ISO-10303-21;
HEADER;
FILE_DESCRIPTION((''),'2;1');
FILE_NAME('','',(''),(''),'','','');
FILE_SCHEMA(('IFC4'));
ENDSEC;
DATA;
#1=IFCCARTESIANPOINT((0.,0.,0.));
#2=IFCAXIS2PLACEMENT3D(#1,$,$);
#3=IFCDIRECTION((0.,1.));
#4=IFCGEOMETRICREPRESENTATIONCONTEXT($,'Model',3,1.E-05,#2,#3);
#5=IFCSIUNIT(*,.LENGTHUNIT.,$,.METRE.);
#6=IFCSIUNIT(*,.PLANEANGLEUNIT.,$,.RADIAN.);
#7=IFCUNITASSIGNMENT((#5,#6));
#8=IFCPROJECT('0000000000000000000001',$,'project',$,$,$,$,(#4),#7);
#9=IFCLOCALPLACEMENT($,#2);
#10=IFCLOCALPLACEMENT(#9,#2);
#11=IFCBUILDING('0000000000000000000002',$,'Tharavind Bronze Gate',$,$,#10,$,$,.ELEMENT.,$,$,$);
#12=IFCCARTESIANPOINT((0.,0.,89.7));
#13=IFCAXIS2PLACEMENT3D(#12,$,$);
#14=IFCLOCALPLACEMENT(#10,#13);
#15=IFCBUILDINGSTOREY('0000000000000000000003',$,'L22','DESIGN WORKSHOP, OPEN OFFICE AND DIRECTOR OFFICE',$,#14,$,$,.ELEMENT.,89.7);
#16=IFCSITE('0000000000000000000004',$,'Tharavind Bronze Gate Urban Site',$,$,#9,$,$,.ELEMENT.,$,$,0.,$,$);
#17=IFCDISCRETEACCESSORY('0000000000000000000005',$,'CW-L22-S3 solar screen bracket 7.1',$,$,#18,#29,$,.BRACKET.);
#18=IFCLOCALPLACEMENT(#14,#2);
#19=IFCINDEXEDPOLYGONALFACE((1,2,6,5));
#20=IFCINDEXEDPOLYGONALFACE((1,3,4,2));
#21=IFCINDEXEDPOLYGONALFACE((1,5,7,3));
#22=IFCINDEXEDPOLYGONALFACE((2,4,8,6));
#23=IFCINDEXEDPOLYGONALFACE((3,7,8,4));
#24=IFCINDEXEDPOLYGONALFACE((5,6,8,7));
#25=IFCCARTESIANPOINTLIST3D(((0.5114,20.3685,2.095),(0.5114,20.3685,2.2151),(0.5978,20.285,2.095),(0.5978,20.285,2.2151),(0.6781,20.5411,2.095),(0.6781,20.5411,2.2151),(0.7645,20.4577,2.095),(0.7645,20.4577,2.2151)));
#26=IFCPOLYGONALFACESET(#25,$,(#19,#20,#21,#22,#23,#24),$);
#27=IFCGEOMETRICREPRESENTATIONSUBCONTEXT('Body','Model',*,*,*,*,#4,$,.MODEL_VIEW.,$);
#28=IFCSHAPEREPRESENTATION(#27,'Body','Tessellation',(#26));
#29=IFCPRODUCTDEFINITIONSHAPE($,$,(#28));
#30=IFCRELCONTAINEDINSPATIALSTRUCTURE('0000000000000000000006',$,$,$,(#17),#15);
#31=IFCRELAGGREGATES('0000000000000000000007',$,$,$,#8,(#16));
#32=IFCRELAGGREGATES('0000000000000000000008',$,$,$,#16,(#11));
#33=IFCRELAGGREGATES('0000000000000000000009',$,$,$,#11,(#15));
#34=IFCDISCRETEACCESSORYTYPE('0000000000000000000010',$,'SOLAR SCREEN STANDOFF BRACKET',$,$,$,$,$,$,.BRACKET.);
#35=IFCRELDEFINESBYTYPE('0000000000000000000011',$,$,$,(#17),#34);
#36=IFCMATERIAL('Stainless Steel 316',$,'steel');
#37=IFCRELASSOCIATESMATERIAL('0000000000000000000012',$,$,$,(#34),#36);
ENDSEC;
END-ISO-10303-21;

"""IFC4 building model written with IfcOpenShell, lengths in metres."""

from ifc_helpers import new_model, si_unit, direction, frame, origin, origin_2d, place, context, subcontext, project, spatial, rectangle, extrude, material, type_object, element, save


model = new_model("IFC4")

# Units and contexts
model_context = context("Model", 3, precision=1e-05, world=origin(), true_north=direction((0.0, 1.0)))
body_context = subcontext(model_context, "Body", "Model", "MODEL_VIEW")
ifc_project = project(units=[si_unit("LENGTHUNIT", "METRE"), si_unit("PLANEANGLEUNIT", "RADIAN")], contexts=[model_context])

# Site, building, storey
site_placement = place(None, origin())
site = spatial("IfcSite", under=ifc_project, at=site_placement, Name="Tharavind Bronze Gate Urban Site", CompositionType="ELEMENT", RefElevation=0.0)
building_placement = place(site_placement, origin())
building = spatial("IfcBuilding", under=site, at=building_placement, Name="Tharavind Bronze Gate", CompositionType="ELEMENT")
storey_placement = place(building_placement, frame((0.0, 0.0, 89.7)))
storey = spatial("IfcBuildingStorey", under=building, at=storey_placement, Name="L22", Description="DESIGN WORKSHOP, OPEN OFFICE AND DIRECTOR OFFICE", CompositionType="ELEMENT", Elevation=89.7)

# Discrete accessory
ifc_material_1 = material(Name="Stainless Steel 316", Category="steel")
discrete_accessory_type_1 = type_object("IfcDiscreteAccessoryType", Name="SOLAR SCREEN STANDOFF BRACKET", PredefinedType="BRACKET", material=ifc_material_1)
discrete_accessory_placement = place(storey_placement, frame((0.6379, 20.4131, 2.095), z_axis=(0.0, 0.0, 1.0), x_axis=(-0.719341, 0.694657, 0.0)))
element("IfcDiscreteAccessory", 1, at=discrete_accessory_placement, inside=storey, type_object=discrete_accessory_type_1, Name="CW-L22-S3 solar screen bracket 7.1", PredefinedType="BRACKET", context=body_context, shape_type="SweptSolid", body=[
    extrude(rectangle(XDim=0.1201, YDim=0.24, at=origin_2d()), origin(), (0.0, 0.0, 1.0), 0.1201),
])

save(model, "model.ifc")
